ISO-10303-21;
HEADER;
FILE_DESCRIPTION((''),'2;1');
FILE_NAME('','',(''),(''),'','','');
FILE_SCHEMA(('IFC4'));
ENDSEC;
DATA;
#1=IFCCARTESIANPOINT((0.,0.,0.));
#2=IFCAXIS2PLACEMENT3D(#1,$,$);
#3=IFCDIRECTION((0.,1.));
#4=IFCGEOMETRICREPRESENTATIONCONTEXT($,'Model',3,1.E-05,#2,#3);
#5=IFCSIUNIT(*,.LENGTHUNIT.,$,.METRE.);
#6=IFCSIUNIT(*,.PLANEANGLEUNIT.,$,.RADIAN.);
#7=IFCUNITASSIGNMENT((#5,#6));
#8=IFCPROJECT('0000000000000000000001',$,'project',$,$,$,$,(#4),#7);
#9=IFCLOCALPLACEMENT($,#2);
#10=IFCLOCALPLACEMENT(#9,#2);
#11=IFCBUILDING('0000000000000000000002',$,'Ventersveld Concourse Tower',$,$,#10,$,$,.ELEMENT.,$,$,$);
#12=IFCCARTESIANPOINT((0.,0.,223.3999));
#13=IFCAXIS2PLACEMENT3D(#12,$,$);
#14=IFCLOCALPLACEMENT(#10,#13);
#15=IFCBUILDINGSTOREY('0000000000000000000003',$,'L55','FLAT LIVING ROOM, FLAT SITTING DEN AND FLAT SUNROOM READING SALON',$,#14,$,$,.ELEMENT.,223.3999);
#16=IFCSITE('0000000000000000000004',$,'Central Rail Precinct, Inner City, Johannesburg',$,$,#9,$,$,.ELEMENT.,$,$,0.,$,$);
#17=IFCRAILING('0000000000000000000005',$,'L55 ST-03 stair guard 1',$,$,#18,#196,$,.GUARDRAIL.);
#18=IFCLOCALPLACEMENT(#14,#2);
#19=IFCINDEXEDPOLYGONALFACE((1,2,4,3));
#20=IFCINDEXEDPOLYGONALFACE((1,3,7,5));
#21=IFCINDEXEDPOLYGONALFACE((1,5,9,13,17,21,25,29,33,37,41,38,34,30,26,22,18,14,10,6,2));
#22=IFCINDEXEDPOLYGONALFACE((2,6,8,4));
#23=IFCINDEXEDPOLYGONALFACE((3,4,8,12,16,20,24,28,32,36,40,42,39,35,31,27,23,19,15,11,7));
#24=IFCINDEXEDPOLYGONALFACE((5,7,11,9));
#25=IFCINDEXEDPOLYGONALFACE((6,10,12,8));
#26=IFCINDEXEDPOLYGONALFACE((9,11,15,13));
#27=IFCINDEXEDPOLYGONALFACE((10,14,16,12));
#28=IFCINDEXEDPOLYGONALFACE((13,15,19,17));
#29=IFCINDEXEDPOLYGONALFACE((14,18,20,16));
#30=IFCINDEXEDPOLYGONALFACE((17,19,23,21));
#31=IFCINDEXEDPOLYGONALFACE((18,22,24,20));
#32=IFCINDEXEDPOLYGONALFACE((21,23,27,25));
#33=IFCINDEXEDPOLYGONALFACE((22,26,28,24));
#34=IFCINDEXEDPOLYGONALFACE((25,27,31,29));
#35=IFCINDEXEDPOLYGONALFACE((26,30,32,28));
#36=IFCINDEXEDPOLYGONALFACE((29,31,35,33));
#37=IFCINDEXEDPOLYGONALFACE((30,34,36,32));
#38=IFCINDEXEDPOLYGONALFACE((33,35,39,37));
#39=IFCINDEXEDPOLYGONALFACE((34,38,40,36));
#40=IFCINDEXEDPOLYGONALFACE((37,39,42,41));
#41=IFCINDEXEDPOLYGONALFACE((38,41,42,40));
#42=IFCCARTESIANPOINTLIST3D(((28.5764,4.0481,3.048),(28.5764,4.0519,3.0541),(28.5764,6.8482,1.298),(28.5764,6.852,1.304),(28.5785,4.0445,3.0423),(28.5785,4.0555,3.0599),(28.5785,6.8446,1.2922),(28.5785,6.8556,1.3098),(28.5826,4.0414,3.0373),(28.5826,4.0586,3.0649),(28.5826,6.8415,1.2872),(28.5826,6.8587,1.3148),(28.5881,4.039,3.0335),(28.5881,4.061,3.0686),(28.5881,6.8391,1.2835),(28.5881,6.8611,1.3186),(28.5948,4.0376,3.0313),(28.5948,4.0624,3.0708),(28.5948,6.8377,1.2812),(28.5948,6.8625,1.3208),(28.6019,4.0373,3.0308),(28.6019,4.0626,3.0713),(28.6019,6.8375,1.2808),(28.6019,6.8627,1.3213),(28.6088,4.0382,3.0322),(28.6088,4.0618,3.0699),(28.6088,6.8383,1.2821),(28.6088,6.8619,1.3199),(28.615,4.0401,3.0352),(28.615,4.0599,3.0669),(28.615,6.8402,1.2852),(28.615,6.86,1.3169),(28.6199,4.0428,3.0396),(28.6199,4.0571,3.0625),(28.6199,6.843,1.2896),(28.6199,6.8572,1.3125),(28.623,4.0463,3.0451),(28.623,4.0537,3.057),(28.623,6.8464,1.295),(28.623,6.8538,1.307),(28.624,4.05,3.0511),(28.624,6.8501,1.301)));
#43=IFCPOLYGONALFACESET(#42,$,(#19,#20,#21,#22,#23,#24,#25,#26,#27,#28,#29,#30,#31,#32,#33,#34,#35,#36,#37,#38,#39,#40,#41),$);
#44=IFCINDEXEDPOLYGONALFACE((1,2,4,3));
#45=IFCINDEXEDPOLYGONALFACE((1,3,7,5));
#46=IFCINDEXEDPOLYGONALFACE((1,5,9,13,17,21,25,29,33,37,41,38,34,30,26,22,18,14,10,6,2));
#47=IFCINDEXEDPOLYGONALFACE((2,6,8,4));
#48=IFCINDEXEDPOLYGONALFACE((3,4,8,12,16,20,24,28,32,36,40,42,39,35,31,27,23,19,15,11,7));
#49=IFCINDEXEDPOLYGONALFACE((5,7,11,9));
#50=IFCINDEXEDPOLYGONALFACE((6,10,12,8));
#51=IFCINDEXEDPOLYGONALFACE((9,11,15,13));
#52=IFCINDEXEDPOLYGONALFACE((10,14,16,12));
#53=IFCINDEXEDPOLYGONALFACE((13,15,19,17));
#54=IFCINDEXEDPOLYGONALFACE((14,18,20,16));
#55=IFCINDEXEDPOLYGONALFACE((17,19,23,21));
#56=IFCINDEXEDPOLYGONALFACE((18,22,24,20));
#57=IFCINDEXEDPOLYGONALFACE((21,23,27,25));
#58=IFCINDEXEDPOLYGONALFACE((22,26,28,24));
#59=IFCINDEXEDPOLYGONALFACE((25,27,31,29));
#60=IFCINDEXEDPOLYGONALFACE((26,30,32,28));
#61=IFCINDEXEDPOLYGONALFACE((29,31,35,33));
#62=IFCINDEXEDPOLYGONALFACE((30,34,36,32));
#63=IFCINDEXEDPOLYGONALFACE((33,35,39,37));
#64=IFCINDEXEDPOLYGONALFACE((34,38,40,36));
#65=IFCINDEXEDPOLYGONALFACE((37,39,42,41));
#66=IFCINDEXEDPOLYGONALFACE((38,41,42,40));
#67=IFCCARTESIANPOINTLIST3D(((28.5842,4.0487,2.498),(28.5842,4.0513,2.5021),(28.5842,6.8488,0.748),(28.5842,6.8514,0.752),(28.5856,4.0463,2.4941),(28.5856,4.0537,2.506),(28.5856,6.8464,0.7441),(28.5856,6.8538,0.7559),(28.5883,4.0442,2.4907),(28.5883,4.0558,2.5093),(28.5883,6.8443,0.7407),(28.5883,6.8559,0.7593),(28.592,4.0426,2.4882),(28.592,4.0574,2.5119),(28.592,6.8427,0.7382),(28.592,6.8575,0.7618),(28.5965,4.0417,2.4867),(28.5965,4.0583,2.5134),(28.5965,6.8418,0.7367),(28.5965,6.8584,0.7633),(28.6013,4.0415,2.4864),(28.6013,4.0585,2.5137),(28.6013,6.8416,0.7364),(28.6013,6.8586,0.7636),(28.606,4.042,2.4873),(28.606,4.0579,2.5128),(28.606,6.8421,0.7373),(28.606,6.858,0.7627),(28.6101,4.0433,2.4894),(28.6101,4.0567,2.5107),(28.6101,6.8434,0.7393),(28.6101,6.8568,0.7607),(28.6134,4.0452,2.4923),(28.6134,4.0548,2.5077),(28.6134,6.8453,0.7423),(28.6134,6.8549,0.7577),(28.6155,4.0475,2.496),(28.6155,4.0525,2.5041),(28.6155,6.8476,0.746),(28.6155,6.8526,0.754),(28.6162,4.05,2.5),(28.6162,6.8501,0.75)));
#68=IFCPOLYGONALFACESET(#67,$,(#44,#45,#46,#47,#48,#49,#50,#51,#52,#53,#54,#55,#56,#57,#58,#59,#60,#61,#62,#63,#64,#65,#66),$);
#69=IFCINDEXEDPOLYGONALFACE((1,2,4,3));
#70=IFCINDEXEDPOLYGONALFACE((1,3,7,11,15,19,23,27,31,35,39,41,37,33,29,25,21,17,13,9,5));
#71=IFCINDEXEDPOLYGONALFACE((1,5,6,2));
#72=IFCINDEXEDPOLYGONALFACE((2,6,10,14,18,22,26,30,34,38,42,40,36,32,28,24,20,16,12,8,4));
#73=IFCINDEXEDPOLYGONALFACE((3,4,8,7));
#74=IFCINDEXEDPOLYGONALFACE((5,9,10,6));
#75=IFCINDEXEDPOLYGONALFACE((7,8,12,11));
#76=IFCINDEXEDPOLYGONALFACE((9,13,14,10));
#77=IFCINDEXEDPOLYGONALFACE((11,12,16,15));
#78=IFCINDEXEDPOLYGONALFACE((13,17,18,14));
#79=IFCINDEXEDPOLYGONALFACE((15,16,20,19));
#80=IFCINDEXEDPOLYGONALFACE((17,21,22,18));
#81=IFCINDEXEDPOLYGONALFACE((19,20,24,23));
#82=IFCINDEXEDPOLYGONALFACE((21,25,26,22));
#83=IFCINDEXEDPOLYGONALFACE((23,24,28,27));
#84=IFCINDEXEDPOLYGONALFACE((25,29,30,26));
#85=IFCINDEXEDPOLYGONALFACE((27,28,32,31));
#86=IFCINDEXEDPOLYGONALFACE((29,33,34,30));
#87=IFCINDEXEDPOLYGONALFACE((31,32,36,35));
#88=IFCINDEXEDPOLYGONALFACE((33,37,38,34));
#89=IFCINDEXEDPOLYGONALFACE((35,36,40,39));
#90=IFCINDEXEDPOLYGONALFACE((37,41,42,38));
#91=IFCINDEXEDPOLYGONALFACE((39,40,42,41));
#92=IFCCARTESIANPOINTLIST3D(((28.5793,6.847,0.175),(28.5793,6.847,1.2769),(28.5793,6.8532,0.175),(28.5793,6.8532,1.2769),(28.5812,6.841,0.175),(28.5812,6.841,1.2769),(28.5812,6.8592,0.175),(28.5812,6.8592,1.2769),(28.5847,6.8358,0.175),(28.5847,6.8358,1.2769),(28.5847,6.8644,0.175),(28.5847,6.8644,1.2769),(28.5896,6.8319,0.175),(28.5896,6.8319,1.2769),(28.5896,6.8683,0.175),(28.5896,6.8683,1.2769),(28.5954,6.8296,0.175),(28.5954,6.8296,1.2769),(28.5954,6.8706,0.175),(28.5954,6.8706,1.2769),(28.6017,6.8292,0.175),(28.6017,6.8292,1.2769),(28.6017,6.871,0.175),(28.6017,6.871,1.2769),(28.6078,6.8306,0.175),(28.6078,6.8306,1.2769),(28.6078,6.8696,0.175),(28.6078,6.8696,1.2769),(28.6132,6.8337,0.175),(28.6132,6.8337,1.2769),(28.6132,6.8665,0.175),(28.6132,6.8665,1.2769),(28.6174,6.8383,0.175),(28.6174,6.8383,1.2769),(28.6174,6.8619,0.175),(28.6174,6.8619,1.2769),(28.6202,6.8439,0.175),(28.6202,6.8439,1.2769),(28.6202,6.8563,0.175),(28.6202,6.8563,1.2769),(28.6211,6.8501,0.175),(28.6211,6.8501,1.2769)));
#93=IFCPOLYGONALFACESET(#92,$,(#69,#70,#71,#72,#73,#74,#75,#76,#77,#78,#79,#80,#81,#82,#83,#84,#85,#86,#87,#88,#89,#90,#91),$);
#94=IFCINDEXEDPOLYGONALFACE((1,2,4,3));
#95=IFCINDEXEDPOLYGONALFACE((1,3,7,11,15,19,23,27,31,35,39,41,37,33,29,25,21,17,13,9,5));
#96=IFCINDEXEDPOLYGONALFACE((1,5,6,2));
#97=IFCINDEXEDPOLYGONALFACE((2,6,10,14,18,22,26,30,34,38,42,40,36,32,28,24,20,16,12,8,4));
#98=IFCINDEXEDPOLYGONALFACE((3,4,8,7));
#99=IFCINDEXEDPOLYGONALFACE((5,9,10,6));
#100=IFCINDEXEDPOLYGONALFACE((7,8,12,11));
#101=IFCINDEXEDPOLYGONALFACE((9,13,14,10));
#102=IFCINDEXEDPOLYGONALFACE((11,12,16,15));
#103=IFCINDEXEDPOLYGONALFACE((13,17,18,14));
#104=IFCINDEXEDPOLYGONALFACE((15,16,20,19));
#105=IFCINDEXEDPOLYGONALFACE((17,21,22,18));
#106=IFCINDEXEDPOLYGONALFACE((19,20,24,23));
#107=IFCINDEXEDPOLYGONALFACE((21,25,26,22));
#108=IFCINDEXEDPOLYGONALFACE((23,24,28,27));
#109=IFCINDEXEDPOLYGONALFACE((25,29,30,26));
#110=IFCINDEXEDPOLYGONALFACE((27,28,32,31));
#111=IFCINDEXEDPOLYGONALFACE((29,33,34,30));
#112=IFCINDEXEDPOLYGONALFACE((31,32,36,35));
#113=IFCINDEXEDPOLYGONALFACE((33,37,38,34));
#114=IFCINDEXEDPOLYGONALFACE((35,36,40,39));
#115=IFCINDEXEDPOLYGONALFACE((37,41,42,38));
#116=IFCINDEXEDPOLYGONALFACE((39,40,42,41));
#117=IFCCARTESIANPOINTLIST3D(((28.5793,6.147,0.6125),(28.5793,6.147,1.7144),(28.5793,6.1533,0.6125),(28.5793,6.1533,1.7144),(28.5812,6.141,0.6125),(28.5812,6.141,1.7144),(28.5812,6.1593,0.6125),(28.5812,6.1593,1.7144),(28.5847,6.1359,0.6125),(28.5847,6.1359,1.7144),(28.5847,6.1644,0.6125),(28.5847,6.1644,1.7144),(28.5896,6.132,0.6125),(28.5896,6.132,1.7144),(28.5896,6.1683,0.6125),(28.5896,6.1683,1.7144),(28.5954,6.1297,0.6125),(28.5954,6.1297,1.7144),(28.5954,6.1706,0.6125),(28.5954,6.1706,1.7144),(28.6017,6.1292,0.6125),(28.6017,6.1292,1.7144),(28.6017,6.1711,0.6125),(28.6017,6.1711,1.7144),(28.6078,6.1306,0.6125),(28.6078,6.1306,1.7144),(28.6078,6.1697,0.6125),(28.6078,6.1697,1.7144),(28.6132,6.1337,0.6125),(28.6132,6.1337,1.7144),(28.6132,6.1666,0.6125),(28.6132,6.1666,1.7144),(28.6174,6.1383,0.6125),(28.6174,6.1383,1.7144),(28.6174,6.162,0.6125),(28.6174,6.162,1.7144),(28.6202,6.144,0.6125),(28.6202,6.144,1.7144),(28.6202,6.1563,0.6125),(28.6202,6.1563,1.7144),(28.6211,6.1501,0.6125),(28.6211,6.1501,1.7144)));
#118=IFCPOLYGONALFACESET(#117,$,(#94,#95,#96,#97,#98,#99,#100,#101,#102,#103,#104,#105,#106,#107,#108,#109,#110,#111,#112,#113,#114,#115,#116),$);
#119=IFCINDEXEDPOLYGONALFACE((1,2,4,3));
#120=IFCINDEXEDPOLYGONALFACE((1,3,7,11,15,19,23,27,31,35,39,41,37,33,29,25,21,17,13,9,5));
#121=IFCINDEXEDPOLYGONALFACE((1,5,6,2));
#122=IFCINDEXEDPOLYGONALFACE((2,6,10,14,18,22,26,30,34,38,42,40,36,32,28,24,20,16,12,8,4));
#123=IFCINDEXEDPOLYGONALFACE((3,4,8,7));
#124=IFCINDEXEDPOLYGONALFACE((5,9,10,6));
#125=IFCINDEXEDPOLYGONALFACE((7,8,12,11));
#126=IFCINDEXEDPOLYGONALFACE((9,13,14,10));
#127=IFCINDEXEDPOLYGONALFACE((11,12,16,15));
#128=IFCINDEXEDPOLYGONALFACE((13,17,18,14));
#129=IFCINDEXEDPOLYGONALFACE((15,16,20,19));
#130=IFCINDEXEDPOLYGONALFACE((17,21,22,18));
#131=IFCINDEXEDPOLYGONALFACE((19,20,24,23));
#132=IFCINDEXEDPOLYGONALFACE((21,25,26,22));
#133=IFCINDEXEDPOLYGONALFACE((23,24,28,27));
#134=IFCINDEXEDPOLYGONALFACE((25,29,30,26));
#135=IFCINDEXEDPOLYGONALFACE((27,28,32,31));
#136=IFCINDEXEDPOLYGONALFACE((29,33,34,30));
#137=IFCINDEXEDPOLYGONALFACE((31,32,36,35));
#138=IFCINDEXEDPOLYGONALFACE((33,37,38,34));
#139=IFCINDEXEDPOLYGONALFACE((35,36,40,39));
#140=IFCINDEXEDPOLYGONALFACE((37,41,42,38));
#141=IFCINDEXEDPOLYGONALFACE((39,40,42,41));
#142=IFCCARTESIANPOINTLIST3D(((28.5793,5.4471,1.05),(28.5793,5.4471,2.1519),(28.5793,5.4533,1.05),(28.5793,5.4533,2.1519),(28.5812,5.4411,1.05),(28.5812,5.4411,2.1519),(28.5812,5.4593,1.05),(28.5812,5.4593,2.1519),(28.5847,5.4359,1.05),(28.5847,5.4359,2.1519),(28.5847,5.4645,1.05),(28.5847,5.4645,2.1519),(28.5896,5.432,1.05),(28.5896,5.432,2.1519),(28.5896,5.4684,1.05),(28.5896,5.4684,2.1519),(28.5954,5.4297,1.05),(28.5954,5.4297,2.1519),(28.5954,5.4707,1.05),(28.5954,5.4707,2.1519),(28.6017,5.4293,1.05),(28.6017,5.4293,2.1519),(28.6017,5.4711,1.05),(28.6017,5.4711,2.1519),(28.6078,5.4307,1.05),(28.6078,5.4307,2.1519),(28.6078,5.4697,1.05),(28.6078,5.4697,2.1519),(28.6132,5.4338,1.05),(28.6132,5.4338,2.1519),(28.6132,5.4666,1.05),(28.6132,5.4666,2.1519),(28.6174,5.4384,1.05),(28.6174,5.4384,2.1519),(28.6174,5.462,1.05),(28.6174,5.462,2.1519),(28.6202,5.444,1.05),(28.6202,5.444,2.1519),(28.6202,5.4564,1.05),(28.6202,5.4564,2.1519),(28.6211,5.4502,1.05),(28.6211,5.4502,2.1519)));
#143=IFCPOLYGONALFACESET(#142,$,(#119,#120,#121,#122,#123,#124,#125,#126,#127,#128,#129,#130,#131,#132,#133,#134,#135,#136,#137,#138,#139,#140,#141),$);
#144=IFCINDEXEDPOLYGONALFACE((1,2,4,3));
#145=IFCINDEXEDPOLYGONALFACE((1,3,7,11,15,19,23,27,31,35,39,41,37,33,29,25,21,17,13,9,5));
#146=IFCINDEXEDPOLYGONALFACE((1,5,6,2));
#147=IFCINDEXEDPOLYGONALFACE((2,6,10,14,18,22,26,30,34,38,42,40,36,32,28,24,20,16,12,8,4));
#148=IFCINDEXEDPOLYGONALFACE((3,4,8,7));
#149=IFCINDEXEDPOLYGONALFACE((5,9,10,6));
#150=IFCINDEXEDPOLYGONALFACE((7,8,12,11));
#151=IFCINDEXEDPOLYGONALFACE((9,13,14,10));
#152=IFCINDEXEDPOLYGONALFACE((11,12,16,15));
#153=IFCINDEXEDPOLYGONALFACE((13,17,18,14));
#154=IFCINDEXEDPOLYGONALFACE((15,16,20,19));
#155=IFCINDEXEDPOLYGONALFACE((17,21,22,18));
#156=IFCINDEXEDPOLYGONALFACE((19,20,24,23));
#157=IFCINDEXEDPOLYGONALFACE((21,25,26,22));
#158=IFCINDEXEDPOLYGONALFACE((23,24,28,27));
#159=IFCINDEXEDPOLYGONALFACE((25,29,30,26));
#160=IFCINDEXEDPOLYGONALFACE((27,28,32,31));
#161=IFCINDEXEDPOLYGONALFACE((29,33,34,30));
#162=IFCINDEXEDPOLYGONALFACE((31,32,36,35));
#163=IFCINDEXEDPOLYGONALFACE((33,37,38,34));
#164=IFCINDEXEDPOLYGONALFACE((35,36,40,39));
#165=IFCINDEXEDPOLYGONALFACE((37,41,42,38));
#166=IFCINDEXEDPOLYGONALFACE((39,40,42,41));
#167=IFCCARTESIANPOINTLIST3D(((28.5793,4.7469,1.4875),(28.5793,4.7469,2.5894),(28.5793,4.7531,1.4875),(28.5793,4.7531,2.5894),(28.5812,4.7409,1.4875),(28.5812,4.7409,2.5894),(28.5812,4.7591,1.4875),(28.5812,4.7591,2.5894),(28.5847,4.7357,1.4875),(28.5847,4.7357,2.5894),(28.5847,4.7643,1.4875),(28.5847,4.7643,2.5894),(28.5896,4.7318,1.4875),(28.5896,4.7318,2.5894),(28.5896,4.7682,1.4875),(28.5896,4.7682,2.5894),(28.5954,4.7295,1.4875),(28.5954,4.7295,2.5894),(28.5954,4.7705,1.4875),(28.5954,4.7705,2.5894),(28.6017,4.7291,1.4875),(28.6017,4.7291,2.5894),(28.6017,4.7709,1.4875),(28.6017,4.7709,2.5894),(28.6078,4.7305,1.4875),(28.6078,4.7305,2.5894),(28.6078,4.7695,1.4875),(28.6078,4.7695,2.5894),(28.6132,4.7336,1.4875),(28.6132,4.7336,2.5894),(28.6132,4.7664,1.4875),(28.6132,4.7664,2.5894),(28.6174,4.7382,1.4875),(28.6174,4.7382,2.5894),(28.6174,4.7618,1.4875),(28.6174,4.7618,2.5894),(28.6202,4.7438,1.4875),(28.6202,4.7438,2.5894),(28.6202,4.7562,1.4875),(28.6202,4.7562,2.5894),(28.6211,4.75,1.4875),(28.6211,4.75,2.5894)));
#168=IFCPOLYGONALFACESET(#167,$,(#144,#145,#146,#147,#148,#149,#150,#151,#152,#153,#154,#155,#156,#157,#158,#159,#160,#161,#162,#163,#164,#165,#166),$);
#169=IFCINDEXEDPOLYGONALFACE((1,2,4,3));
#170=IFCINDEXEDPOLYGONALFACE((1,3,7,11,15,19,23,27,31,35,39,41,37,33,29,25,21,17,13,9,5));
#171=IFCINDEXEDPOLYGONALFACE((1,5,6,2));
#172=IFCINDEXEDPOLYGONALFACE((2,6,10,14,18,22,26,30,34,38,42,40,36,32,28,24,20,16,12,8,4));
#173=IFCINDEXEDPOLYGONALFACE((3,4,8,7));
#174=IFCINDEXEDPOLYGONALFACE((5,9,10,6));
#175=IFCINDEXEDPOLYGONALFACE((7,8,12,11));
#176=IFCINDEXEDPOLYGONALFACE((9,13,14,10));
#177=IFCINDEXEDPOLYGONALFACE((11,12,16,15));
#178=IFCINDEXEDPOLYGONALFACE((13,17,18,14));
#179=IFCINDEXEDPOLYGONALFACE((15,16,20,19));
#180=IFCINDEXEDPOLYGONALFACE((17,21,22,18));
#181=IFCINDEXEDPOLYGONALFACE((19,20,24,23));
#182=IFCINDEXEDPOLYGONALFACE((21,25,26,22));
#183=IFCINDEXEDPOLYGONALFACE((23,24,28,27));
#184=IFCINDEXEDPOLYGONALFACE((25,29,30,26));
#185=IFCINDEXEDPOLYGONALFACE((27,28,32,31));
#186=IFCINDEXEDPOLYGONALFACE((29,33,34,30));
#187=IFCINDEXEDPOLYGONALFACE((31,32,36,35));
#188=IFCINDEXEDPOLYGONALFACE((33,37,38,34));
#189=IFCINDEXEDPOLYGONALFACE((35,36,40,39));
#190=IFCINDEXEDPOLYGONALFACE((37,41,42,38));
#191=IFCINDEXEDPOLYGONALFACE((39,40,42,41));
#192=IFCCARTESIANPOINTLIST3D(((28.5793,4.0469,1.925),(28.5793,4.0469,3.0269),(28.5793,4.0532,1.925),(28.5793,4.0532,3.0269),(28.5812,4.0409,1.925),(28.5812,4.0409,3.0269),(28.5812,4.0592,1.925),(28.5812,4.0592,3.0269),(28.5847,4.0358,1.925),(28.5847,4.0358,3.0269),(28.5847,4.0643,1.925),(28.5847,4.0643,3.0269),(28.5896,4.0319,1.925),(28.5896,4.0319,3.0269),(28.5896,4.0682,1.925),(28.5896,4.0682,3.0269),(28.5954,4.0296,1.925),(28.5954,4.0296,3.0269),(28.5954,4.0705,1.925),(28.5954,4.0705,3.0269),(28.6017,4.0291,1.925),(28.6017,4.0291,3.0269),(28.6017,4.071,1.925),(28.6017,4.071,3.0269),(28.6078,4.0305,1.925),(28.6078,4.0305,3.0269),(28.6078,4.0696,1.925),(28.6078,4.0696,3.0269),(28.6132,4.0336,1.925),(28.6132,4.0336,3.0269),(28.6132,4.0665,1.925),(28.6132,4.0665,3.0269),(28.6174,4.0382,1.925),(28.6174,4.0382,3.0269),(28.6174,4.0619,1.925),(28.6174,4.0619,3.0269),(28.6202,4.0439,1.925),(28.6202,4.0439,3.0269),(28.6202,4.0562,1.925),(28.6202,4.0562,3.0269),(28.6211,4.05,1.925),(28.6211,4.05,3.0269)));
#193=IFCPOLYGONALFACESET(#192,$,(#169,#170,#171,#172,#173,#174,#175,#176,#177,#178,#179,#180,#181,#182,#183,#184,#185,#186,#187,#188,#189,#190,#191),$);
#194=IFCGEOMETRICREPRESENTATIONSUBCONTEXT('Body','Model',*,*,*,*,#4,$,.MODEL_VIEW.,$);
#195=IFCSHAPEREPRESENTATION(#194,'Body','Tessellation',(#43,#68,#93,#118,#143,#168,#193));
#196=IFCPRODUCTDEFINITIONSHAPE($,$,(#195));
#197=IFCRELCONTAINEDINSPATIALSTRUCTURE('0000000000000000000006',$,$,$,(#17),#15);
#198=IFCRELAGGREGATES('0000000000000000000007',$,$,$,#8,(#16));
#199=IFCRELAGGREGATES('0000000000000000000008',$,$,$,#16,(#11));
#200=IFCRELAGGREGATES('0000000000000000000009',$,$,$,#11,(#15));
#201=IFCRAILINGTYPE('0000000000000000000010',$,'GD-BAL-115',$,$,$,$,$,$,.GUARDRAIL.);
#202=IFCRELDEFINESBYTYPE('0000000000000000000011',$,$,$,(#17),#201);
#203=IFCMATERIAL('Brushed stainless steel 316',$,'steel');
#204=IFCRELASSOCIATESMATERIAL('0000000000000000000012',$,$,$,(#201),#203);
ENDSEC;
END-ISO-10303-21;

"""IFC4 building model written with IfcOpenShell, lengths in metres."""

from ifc_helpers import new_model, si_unit, direction, frame, origin, origin_2d, place, context, subcontext, project, spatial, circle, extrude, material, type_object, element, save


model = new_model("IFC4")

# Units and contexts
model_context = context("Model", 3, precision=1e-05, world=origin(), true_north=direction((0.0, 1.0)))
body_context = subcontext(model_context, "Body", "Model", "MODEL_VIEW")
ifc_project = project(units=[si_unit("LENGTHUNIT", "METRE"), si_unit("PLANEANGLEUNIT", "RADIAN")], contexts=[model_context])

# Site, building, storey
site_placement = place(None, origin())
site = spatial("IfcSite", under=ifc_project, at=site_placement, Name="Central Rail Precinct, Inner City, Johannesburg", CompositionType="ELEMENT", RefElevation=0.0)
building_placement = place(site_placement, origin())
building = spatial("IfcBuilding", under=site, at=building_placement, Name="Ventersveld Concourse Tower", CompositionType="ELEMENT")
storey_placement = place(building_placement, frame((0.0, 0.0, 223.3999)))
storey = spatial("IfcBuildingStorey", under=building, at=storey_placement, Name="L55", Description="FLAT LIVING ROOM, FLAT SITTING DEN AND FLAT SUNROOM READING SALON", CompositionType="ELEMENT", Elevation=223.3999)

# Shared definitions
ifc_material_1 = material(Name="Brushed stainless steel 316", Category="steel")

# Railing
railing_type_1 = type_object("IfcRailingType", Name="GD-BAL-115", PredefinedType="GUARDRAIL", material=ifc_material_1)
railing_1_placement = place(storey_placement, frame((28.6001, 6.8501, 0.175)))
element("IfcRailing", 1, at=railing_1_placement, inside=storey, type_object=railing_type_1, Name="L55 ST-03 stair guard 1", PredefinedType="GUARDRAIL", context=body_context, shape_type="SweptSolid", body=[
    extrude(circle(Radius=0.0239, at=origin_2d()), frame((0.0, 0.0, 1.126), z_axis=(0.0, -0.848002, 0.529992), x_axis=(1.0, 0.0, 0.0)), (0.0, 0.0, 1.0), 3.302),
    extrude(circle(Radius=0.0161, at=origin_2d()), frame((0.0, 0.0, 0.575), z_axis=(0.0, -0.848002, 0.529992), x_axis=(1.0, 0.0, 0.0)), (0.0, 0.0, 1.0), 3.302),
    extrude(circle(Radius=0.021, at=origin_2d()), origin(), (0.0, 0.0, 1.0), 1.1018),
    extrude(circle(Radius=0.021, at=origin_2d()), frame((0.0, -0.7, 0.4375)), (0.0, 0.0, 1.0), 1.1018),
    extrude(circle(Radius=0.021, at=origin_2d()), frame((0.0, -1.3999, 0.875)), (0.0, 0.0, 1.0), 1.1018),
    extrude(circle(Radius=0.021, at=origin_2d()), frame((0.0, -2.1001, 1.3125)), (0.0, 0.0, 1.0), 1.1018),
    extrude(circle(Radius=0.021, at=origin_2d()), frame((0.0, -2.8, 1.75)), (0.0, 0.0, 1.0), 1.1018),
])

save(model, "model.ifc")
